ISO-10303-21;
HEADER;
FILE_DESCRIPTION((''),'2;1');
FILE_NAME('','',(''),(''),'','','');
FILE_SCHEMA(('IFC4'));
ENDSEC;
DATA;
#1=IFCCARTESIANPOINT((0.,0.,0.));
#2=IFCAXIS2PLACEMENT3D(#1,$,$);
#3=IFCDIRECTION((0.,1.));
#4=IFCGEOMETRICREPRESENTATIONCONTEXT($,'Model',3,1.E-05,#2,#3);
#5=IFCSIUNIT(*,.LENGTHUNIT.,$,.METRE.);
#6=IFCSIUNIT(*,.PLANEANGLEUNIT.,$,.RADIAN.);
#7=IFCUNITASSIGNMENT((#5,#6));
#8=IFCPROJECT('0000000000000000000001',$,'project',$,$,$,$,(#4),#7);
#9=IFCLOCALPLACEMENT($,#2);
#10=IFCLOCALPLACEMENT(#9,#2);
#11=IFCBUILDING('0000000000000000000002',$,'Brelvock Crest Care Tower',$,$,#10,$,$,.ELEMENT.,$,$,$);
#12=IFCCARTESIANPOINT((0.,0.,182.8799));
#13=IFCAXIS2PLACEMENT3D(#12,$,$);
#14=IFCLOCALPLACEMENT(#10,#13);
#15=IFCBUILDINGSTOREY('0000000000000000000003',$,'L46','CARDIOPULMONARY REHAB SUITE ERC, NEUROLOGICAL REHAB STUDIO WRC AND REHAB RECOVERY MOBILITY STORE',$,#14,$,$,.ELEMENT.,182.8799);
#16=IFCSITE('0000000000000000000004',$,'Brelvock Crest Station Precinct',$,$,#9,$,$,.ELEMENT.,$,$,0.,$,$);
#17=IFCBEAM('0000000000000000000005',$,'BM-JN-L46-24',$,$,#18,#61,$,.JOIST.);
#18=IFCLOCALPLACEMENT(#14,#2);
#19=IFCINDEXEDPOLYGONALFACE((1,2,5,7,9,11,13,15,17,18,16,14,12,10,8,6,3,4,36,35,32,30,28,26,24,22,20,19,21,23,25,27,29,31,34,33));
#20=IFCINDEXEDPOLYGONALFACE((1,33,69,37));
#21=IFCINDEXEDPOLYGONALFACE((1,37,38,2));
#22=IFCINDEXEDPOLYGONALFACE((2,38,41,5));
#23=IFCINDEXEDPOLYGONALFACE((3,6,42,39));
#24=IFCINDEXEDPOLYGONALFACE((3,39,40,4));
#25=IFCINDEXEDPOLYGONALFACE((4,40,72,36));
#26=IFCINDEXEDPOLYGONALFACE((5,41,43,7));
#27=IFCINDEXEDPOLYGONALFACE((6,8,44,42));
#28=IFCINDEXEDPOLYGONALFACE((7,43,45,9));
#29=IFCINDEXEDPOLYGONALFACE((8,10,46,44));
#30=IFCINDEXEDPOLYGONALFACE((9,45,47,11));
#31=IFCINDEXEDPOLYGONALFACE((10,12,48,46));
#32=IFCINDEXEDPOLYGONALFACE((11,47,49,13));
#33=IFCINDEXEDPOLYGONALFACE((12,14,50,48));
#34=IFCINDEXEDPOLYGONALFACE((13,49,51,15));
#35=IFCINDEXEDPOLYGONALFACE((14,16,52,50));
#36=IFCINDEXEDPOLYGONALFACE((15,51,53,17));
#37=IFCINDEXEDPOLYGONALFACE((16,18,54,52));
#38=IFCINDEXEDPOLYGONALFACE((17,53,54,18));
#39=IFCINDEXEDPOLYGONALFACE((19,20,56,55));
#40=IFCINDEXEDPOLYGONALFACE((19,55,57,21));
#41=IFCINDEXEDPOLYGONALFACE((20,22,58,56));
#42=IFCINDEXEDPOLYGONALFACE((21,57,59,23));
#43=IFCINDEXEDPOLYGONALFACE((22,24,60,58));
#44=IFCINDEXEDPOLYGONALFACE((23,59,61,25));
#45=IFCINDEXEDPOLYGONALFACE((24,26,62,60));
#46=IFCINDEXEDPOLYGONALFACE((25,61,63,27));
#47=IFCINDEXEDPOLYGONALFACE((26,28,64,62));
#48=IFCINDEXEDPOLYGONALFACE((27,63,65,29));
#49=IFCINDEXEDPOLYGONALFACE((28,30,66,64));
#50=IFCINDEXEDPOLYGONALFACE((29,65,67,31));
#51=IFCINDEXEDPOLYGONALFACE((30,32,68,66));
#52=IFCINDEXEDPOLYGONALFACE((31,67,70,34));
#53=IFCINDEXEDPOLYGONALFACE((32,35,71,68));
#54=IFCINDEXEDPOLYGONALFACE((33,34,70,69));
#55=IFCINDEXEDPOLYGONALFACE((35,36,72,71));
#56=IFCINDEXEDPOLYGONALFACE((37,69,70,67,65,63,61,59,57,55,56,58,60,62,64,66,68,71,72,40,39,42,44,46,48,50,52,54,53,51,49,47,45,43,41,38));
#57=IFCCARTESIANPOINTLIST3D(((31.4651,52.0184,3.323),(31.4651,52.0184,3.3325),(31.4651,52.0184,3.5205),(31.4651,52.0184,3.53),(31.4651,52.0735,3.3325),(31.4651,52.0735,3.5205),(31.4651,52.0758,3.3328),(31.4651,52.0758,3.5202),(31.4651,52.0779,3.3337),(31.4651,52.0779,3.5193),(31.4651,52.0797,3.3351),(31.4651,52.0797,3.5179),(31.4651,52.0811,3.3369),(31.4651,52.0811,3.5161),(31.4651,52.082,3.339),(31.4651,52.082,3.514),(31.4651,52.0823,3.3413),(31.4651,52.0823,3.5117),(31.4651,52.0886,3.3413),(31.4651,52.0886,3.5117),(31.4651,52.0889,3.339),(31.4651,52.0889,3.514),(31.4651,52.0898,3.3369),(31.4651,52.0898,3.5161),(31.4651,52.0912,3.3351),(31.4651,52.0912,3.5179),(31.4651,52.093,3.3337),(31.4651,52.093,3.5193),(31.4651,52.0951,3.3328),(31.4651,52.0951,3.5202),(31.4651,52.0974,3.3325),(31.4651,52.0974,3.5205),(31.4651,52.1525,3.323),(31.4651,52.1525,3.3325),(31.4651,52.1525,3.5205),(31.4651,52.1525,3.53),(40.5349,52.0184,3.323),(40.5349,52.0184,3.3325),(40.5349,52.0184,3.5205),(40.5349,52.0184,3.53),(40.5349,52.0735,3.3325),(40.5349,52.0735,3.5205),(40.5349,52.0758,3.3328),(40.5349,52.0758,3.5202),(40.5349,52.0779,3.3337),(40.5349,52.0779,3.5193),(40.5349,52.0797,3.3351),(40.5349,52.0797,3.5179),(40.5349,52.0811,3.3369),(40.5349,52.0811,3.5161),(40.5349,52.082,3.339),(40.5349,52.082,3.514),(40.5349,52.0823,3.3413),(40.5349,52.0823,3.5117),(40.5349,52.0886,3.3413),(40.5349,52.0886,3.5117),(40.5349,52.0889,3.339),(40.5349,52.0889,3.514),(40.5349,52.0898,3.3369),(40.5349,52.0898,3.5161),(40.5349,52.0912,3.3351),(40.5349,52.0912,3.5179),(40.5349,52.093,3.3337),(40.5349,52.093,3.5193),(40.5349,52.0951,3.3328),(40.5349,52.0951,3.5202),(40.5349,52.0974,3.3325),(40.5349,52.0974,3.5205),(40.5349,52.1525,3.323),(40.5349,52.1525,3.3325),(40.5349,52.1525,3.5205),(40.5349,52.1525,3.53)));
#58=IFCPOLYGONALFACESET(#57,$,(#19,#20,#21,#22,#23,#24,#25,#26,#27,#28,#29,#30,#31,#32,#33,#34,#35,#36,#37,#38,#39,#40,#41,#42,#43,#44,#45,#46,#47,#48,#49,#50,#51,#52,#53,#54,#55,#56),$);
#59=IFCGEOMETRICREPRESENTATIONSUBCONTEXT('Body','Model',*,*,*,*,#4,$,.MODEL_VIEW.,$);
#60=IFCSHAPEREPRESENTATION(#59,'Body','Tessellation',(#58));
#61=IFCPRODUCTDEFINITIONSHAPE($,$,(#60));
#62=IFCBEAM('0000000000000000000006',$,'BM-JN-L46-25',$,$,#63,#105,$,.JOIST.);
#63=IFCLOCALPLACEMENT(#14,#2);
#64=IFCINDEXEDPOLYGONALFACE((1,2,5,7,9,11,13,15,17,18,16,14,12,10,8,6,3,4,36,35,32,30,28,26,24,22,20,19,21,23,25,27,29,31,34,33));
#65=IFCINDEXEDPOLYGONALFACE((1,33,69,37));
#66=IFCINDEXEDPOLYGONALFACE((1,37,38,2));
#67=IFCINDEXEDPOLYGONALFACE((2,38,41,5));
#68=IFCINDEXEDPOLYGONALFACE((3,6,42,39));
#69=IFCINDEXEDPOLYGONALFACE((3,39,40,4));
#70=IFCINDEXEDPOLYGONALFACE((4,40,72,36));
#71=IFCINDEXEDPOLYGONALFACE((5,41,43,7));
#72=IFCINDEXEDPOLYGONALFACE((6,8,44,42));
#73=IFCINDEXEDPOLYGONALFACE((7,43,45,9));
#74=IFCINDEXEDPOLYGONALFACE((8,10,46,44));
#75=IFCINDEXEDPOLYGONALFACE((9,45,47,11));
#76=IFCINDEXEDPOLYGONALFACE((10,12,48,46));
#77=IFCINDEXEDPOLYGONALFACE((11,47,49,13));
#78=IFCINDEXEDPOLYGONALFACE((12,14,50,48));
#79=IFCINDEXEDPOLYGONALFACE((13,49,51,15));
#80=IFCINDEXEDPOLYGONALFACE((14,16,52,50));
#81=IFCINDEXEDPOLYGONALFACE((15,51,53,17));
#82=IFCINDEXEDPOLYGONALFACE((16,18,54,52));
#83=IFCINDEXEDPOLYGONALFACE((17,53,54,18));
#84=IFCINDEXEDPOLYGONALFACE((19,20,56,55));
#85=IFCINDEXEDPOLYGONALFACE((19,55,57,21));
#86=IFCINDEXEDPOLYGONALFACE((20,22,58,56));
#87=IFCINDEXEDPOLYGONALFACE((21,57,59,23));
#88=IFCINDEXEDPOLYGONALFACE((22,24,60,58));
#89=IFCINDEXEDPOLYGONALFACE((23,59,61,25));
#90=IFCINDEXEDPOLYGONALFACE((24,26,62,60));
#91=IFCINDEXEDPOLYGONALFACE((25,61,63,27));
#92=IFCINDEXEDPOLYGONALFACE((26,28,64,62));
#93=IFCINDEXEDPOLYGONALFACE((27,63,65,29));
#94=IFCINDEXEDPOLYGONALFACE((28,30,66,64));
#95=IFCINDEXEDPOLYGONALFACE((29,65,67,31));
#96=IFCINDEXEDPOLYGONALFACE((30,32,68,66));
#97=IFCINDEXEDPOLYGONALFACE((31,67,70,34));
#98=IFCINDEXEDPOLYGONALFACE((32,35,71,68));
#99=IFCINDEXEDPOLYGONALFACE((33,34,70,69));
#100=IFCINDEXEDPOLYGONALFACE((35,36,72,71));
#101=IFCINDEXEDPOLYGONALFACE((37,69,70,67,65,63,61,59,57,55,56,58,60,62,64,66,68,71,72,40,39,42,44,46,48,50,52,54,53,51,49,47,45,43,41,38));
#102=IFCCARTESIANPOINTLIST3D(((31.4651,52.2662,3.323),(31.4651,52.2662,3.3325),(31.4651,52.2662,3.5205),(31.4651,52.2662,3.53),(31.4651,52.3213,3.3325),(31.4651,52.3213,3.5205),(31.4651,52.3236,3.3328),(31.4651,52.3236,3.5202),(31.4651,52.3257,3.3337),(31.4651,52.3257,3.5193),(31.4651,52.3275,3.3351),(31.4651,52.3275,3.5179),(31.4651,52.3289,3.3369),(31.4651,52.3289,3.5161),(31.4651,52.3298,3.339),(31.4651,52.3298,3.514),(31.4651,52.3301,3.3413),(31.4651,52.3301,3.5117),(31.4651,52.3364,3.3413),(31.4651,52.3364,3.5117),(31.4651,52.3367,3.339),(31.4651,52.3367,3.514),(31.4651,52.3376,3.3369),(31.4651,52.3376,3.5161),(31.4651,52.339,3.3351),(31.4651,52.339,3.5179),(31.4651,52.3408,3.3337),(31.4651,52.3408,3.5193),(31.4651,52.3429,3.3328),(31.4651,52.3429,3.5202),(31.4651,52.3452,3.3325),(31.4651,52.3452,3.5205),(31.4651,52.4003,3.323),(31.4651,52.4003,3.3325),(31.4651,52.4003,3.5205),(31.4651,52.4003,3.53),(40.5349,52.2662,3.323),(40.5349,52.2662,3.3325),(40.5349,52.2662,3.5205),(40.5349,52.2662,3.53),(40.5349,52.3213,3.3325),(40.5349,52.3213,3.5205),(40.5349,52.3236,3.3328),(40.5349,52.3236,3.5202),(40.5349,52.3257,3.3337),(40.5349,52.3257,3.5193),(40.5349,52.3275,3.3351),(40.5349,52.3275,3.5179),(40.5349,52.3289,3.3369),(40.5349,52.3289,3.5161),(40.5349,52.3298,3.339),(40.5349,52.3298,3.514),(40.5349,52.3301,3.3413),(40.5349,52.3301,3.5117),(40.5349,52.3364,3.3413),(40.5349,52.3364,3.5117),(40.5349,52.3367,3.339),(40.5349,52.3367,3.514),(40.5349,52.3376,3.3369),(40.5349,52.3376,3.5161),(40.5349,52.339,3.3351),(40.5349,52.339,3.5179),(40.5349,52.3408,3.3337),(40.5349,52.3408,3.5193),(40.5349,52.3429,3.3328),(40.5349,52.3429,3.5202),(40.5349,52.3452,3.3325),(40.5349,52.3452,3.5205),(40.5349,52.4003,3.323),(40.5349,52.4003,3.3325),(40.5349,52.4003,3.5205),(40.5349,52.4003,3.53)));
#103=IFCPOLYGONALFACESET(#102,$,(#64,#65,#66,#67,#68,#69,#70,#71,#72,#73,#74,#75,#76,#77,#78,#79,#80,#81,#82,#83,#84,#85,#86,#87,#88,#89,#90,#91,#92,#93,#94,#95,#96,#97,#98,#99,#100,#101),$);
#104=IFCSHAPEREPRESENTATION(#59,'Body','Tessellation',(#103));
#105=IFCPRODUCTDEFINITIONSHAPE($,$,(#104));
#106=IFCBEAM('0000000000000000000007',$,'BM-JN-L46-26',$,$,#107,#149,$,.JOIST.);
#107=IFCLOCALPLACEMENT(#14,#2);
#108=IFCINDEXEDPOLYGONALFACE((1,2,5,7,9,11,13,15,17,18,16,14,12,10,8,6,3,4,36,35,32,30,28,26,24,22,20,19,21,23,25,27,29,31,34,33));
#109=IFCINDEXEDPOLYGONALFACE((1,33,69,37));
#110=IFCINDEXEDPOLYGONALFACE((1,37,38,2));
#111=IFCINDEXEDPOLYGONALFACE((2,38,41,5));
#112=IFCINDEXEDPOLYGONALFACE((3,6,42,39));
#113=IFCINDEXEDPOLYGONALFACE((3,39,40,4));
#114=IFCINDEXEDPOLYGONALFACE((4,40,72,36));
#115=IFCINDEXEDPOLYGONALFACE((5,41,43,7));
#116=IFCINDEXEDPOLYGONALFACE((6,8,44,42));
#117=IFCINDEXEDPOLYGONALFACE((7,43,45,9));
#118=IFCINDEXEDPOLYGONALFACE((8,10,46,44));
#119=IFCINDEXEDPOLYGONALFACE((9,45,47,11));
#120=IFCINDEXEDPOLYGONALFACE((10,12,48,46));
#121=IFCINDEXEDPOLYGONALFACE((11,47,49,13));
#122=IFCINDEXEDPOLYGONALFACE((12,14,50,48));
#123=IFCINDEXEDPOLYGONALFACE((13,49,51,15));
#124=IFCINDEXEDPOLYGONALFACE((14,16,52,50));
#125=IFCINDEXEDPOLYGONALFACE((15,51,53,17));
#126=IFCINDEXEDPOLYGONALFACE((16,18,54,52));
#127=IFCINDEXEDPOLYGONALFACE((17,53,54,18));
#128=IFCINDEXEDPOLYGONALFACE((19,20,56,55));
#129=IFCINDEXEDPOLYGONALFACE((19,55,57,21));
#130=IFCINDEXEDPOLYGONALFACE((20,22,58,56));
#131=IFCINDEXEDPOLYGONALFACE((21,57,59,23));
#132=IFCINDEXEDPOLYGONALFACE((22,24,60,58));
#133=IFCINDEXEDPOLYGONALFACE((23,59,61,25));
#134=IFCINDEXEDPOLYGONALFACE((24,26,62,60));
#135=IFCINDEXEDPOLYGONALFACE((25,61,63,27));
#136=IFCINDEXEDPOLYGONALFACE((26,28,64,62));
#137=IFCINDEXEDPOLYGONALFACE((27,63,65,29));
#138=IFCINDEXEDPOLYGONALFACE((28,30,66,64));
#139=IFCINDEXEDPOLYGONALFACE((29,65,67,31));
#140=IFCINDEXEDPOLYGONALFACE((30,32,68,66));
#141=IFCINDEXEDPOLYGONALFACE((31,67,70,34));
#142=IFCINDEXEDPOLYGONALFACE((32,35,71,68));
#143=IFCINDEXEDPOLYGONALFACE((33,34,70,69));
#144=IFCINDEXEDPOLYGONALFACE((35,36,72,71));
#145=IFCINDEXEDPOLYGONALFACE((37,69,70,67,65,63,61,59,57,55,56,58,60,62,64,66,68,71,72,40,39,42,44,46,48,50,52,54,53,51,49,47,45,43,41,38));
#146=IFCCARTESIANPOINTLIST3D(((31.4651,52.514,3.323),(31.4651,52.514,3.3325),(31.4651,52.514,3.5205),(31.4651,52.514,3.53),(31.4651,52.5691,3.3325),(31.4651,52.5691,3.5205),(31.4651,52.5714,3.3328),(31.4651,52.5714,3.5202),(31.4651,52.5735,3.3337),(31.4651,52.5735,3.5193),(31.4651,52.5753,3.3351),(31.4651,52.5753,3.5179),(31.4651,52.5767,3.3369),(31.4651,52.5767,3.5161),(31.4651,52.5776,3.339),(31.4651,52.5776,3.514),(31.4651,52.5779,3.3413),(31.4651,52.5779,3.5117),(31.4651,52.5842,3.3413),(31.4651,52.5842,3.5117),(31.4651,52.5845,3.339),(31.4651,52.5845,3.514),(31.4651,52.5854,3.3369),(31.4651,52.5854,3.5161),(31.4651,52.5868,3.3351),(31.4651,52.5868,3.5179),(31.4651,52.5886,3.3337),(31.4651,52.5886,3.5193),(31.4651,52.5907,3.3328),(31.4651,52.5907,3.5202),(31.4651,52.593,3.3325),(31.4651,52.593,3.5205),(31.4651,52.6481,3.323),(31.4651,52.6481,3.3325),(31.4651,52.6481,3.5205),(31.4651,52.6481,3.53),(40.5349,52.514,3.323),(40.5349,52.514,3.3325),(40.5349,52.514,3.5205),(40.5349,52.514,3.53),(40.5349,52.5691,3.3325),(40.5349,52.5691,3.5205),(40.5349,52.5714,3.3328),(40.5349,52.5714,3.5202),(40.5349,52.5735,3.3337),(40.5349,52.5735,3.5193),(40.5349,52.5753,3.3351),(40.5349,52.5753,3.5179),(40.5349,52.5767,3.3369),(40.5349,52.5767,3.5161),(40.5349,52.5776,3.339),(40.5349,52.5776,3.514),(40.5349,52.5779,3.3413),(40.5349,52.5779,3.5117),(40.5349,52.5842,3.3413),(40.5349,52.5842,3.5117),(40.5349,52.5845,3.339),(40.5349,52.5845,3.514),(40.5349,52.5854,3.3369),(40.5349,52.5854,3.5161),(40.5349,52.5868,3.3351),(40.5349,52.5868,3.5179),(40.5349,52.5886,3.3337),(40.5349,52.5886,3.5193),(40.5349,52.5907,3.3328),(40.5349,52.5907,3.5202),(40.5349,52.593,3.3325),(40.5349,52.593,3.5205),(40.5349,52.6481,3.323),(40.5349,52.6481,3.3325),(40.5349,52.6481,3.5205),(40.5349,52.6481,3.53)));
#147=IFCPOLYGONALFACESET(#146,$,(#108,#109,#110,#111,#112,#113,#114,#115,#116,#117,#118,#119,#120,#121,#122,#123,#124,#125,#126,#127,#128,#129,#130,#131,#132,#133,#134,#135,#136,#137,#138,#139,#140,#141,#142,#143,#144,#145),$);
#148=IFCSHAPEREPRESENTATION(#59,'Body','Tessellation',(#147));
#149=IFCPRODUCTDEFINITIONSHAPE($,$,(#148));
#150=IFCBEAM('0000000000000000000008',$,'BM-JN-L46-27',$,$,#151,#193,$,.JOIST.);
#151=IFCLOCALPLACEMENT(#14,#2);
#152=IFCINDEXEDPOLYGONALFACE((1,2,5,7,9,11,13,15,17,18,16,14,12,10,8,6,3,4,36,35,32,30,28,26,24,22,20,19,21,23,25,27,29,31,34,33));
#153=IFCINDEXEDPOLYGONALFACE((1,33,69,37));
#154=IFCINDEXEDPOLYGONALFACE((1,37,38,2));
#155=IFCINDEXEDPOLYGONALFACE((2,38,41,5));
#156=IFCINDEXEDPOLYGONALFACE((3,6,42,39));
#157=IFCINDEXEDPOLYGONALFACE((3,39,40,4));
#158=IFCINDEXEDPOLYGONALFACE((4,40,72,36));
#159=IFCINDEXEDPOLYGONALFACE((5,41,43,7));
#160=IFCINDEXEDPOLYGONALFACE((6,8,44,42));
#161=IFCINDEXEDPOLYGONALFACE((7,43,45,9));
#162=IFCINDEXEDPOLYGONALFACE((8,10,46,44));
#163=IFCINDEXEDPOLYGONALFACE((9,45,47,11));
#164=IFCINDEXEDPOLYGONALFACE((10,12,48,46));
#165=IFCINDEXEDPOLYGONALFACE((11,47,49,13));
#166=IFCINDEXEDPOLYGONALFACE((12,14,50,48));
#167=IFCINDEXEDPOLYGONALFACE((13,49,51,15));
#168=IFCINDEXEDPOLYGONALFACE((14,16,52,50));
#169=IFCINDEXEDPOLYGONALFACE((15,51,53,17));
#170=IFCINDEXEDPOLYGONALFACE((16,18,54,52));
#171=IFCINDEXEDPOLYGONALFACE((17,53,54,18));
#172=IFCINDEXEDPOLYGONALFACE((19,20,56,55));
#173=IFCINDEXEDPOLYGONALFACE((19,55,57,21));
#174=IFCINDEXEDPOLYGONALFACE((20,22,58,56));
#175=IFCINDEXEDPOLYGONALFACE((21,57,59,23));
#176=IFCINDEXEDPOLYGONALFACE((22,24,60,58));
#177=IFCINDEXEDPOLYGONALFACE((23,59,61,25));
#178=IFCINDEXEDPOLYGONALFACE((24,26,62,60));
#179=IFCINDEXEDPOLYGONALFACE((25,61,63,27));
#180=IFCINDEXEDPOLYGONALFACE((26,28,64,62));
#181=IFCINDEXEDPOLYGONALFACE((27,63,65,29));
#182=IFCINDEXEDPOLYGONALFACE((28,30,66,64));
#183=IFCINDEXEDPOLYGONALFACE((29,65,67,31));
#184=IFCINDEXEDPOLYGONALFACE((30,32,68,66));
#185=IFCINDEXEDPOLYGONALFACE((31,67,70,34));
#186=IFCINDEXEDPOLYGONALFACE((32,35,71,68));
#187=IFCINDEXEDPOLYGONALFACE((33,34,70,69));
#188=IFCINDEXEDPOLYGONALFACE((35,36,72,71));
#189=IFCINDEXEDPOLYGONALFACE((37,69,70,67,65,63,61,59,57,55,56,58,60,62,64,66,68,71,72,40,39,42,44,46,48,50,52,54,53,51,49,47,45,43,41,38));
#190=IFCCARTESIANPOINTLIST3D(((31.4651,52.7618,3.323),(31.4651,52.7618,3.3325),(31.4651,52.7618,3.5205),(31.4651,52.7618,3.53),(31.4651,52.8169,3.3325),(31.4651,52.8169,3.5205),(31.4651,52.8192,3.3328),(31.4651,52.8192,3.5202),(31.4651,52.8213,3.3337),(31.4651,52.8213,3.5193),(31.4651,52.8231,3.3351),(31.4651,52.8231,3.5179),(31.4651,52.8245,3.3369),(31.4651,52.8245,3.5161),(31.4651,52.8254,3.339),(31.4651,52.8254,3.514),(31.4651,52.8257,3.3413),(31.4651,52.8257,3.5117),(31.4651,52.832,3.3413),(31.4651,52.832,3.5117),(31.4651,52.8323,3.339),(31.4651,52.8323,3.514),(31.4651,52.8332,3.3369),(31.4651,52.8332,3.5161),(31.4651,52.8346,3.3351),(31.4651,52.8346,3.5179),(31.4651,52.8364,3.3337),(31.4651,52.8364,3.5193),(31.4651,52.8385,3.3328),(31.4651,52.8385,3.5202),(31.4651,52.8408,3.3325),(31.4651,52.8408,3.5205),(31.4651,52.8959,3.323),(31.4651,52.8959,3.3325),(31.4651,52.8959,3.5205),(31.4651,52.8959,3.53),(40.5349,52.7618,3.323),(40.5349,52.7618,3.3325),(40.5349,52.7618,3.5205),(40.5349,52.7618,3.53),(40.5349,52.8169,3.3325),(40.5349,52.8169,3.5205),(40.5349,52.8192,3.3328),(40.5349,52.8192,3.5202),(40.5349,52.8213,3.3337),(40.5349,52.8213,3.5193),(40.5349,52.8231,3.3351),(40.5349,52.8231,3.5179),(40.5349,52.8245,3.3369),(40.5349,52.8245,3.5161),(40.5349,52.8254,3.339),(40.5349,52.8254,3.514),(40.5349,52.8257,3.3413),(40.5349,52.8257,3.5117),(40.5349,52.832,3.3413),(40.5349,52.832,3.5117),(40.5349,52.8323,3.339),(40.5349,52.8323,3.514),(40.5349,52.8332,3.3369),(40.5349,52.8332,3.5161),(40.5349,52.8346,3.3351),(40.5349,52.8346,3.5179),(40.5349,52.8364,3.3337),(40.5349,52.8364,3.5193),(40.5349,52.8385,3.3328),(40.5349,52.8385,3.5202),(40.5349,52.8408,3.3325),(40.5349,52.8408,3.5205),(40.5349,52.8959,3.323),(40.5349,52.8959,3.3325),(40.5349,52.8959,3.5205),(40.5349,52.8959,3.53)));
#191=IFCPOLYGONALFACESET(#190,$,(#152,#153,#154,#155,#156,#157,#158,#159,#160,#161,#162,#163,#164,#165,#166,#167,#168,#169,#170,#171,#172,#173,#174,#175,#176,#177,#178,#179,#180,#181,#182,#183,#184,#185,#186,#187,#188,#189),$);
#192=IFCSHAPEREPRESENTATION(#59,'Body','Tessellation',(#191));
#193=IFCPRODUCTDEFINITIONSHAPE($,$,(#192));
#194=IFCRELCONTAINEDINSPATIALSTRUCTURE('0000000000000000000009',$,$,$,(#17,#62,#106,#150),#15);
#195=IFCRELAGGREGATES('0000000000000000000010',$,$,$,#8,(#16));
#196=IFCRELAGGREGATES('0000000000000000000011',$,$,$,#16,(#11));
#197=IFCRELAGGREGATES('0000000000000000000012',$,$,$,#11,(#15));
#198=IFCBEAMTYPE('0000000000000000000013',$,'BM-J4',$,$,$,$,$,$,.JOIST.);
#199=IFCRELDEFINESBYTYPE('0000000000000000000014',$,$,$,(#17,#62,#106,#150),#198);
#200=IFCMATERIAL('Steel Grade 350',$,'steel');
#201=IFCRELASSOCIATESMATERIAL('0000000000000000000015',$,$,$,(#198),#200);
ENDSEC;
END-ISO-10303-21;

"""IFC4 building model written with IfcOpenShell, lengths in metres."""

from ifc_helpers import new_model, si_unit, direction, frame, origin, origin_2d, place, context, subcontext, project, spatial, i_section, extrude, source, transform, mapped, material, material_profile, profile_set, type_object, element, save


model = new_model("IFC4")

# Units and contexts
model_context = context("Model", 3, precision=1e-05, world=origin(), true_north=direction((0.0, 1.0)))
body_context = subcontext(model_context, "Body", "Model", "MODEL_VIEW")
ifc_project = project(units=[si_unit("LENGTHUNIT", "METRE"), si_unit("PLANEANGLEUNIT", "RADIAN")], contexts=[model_context])

# Site, building, storey
site_placement = place(None, origin())
site = spatial("IfcSite", under=ifc_project, at=site_placement, Name="Brelvock Crest Station Precinct", CompositionType="ELEMENT", RefElevation=0.0)
building_placement = place(site_placement, origin())
building = spatial("IfcBuilding", under=site, at=building_placement, Name="Brelvock Crest Care Tower", CompositionType="ELEMENT")
storey_placement = place(building_placement, frame((0.0, 0.0, 182.8799)))
storey = spatial("IfcBuildingStorey", under=building, at=storey_placement, Name="L46", Description="CARDIOPULMONARY REHAB SUITE ERC, NEUROLOGICAL REHAB STUDIO WRC AND REHAB RECOVERY MOBILITY STORE", CompositionType="ELEMENT", Elevation=182.8799)

# Shared definitions
ifc_material_1 = material(Name="Steel Grade 350", Category="steel")

# Beams
ifc_material_profile_1 = material_profile(ifc_material_1, i_section(OverallWidth=0.134, OverallDepth=0.207, WebThickness=0.0063, FlangeThickness=0.0095, FilletRadius=0.0088, at=origin_2d()), Name="200UB29.8")
ifc_profile_set_1 = profile_set([ifc_material_profile_1], Name="Steel Grade 350")
beam_type_1 = type_object("IfcBeamType", Name="BM-J4", PredefinedType="JOIST", material=ifc_profile_set_1)
shared_shape_1 = source(origin(), body_context, "Body", "SweptSolid", [
    extrude(i_section(OverallWidth=0.134, OverallDepth=0.207, WebThickness=0.0063, FlangeThickness=0.0095, FilletRadius=0.0088, at=origin_2d()), origin(), (0.0, 0.0, 1.0), 9.0698),
])
for number, where, z_axis, x_axis, name in (
    (1, (31.4651, 52.0854, 3.4265), (1.0, 0.0, 0.0), (0.0, 1.0, 0.0), "BM-JN-L46-24"),
    (2, (31.4651, 52.3333, 3.4265), (1.0, 0.0, 0.0), (0.0, 1.0, 0.0), "BM-JN-L46-25"),
    (3, (31.4651, 52.5811, 3.4265), (1.0, 0.0, 0.0), (0.0, 1.0, 0.0), "BM-JN-L46-26"),
    (4, (31.4651, 52.8289, 3.4265), (1.0, 0.0, 0.0), (0.0, 1.0, 0.0), "BM-JN-L46-27"),
):
    element("IfcBeam", number, at=place(storey_placement, frame(where, z_axis=z_axis, x_axis=x_axis)), inside=storey, type_object=beam_type_1, Name=name, PredefinedType="JOIST", context=body_context, shape_type="MappedRepresentation", body=[
        mapped(shared_shape_1, transform((0.0, 0.0, 0.0), x_axis=(1.0, 0.0, 0.0), y_axis=(0.0, 1.0, 0.0), z_axis=(0.0, 0.0, 1.0), scale=1.0)),
    ])

save(model, "model.ifc")
